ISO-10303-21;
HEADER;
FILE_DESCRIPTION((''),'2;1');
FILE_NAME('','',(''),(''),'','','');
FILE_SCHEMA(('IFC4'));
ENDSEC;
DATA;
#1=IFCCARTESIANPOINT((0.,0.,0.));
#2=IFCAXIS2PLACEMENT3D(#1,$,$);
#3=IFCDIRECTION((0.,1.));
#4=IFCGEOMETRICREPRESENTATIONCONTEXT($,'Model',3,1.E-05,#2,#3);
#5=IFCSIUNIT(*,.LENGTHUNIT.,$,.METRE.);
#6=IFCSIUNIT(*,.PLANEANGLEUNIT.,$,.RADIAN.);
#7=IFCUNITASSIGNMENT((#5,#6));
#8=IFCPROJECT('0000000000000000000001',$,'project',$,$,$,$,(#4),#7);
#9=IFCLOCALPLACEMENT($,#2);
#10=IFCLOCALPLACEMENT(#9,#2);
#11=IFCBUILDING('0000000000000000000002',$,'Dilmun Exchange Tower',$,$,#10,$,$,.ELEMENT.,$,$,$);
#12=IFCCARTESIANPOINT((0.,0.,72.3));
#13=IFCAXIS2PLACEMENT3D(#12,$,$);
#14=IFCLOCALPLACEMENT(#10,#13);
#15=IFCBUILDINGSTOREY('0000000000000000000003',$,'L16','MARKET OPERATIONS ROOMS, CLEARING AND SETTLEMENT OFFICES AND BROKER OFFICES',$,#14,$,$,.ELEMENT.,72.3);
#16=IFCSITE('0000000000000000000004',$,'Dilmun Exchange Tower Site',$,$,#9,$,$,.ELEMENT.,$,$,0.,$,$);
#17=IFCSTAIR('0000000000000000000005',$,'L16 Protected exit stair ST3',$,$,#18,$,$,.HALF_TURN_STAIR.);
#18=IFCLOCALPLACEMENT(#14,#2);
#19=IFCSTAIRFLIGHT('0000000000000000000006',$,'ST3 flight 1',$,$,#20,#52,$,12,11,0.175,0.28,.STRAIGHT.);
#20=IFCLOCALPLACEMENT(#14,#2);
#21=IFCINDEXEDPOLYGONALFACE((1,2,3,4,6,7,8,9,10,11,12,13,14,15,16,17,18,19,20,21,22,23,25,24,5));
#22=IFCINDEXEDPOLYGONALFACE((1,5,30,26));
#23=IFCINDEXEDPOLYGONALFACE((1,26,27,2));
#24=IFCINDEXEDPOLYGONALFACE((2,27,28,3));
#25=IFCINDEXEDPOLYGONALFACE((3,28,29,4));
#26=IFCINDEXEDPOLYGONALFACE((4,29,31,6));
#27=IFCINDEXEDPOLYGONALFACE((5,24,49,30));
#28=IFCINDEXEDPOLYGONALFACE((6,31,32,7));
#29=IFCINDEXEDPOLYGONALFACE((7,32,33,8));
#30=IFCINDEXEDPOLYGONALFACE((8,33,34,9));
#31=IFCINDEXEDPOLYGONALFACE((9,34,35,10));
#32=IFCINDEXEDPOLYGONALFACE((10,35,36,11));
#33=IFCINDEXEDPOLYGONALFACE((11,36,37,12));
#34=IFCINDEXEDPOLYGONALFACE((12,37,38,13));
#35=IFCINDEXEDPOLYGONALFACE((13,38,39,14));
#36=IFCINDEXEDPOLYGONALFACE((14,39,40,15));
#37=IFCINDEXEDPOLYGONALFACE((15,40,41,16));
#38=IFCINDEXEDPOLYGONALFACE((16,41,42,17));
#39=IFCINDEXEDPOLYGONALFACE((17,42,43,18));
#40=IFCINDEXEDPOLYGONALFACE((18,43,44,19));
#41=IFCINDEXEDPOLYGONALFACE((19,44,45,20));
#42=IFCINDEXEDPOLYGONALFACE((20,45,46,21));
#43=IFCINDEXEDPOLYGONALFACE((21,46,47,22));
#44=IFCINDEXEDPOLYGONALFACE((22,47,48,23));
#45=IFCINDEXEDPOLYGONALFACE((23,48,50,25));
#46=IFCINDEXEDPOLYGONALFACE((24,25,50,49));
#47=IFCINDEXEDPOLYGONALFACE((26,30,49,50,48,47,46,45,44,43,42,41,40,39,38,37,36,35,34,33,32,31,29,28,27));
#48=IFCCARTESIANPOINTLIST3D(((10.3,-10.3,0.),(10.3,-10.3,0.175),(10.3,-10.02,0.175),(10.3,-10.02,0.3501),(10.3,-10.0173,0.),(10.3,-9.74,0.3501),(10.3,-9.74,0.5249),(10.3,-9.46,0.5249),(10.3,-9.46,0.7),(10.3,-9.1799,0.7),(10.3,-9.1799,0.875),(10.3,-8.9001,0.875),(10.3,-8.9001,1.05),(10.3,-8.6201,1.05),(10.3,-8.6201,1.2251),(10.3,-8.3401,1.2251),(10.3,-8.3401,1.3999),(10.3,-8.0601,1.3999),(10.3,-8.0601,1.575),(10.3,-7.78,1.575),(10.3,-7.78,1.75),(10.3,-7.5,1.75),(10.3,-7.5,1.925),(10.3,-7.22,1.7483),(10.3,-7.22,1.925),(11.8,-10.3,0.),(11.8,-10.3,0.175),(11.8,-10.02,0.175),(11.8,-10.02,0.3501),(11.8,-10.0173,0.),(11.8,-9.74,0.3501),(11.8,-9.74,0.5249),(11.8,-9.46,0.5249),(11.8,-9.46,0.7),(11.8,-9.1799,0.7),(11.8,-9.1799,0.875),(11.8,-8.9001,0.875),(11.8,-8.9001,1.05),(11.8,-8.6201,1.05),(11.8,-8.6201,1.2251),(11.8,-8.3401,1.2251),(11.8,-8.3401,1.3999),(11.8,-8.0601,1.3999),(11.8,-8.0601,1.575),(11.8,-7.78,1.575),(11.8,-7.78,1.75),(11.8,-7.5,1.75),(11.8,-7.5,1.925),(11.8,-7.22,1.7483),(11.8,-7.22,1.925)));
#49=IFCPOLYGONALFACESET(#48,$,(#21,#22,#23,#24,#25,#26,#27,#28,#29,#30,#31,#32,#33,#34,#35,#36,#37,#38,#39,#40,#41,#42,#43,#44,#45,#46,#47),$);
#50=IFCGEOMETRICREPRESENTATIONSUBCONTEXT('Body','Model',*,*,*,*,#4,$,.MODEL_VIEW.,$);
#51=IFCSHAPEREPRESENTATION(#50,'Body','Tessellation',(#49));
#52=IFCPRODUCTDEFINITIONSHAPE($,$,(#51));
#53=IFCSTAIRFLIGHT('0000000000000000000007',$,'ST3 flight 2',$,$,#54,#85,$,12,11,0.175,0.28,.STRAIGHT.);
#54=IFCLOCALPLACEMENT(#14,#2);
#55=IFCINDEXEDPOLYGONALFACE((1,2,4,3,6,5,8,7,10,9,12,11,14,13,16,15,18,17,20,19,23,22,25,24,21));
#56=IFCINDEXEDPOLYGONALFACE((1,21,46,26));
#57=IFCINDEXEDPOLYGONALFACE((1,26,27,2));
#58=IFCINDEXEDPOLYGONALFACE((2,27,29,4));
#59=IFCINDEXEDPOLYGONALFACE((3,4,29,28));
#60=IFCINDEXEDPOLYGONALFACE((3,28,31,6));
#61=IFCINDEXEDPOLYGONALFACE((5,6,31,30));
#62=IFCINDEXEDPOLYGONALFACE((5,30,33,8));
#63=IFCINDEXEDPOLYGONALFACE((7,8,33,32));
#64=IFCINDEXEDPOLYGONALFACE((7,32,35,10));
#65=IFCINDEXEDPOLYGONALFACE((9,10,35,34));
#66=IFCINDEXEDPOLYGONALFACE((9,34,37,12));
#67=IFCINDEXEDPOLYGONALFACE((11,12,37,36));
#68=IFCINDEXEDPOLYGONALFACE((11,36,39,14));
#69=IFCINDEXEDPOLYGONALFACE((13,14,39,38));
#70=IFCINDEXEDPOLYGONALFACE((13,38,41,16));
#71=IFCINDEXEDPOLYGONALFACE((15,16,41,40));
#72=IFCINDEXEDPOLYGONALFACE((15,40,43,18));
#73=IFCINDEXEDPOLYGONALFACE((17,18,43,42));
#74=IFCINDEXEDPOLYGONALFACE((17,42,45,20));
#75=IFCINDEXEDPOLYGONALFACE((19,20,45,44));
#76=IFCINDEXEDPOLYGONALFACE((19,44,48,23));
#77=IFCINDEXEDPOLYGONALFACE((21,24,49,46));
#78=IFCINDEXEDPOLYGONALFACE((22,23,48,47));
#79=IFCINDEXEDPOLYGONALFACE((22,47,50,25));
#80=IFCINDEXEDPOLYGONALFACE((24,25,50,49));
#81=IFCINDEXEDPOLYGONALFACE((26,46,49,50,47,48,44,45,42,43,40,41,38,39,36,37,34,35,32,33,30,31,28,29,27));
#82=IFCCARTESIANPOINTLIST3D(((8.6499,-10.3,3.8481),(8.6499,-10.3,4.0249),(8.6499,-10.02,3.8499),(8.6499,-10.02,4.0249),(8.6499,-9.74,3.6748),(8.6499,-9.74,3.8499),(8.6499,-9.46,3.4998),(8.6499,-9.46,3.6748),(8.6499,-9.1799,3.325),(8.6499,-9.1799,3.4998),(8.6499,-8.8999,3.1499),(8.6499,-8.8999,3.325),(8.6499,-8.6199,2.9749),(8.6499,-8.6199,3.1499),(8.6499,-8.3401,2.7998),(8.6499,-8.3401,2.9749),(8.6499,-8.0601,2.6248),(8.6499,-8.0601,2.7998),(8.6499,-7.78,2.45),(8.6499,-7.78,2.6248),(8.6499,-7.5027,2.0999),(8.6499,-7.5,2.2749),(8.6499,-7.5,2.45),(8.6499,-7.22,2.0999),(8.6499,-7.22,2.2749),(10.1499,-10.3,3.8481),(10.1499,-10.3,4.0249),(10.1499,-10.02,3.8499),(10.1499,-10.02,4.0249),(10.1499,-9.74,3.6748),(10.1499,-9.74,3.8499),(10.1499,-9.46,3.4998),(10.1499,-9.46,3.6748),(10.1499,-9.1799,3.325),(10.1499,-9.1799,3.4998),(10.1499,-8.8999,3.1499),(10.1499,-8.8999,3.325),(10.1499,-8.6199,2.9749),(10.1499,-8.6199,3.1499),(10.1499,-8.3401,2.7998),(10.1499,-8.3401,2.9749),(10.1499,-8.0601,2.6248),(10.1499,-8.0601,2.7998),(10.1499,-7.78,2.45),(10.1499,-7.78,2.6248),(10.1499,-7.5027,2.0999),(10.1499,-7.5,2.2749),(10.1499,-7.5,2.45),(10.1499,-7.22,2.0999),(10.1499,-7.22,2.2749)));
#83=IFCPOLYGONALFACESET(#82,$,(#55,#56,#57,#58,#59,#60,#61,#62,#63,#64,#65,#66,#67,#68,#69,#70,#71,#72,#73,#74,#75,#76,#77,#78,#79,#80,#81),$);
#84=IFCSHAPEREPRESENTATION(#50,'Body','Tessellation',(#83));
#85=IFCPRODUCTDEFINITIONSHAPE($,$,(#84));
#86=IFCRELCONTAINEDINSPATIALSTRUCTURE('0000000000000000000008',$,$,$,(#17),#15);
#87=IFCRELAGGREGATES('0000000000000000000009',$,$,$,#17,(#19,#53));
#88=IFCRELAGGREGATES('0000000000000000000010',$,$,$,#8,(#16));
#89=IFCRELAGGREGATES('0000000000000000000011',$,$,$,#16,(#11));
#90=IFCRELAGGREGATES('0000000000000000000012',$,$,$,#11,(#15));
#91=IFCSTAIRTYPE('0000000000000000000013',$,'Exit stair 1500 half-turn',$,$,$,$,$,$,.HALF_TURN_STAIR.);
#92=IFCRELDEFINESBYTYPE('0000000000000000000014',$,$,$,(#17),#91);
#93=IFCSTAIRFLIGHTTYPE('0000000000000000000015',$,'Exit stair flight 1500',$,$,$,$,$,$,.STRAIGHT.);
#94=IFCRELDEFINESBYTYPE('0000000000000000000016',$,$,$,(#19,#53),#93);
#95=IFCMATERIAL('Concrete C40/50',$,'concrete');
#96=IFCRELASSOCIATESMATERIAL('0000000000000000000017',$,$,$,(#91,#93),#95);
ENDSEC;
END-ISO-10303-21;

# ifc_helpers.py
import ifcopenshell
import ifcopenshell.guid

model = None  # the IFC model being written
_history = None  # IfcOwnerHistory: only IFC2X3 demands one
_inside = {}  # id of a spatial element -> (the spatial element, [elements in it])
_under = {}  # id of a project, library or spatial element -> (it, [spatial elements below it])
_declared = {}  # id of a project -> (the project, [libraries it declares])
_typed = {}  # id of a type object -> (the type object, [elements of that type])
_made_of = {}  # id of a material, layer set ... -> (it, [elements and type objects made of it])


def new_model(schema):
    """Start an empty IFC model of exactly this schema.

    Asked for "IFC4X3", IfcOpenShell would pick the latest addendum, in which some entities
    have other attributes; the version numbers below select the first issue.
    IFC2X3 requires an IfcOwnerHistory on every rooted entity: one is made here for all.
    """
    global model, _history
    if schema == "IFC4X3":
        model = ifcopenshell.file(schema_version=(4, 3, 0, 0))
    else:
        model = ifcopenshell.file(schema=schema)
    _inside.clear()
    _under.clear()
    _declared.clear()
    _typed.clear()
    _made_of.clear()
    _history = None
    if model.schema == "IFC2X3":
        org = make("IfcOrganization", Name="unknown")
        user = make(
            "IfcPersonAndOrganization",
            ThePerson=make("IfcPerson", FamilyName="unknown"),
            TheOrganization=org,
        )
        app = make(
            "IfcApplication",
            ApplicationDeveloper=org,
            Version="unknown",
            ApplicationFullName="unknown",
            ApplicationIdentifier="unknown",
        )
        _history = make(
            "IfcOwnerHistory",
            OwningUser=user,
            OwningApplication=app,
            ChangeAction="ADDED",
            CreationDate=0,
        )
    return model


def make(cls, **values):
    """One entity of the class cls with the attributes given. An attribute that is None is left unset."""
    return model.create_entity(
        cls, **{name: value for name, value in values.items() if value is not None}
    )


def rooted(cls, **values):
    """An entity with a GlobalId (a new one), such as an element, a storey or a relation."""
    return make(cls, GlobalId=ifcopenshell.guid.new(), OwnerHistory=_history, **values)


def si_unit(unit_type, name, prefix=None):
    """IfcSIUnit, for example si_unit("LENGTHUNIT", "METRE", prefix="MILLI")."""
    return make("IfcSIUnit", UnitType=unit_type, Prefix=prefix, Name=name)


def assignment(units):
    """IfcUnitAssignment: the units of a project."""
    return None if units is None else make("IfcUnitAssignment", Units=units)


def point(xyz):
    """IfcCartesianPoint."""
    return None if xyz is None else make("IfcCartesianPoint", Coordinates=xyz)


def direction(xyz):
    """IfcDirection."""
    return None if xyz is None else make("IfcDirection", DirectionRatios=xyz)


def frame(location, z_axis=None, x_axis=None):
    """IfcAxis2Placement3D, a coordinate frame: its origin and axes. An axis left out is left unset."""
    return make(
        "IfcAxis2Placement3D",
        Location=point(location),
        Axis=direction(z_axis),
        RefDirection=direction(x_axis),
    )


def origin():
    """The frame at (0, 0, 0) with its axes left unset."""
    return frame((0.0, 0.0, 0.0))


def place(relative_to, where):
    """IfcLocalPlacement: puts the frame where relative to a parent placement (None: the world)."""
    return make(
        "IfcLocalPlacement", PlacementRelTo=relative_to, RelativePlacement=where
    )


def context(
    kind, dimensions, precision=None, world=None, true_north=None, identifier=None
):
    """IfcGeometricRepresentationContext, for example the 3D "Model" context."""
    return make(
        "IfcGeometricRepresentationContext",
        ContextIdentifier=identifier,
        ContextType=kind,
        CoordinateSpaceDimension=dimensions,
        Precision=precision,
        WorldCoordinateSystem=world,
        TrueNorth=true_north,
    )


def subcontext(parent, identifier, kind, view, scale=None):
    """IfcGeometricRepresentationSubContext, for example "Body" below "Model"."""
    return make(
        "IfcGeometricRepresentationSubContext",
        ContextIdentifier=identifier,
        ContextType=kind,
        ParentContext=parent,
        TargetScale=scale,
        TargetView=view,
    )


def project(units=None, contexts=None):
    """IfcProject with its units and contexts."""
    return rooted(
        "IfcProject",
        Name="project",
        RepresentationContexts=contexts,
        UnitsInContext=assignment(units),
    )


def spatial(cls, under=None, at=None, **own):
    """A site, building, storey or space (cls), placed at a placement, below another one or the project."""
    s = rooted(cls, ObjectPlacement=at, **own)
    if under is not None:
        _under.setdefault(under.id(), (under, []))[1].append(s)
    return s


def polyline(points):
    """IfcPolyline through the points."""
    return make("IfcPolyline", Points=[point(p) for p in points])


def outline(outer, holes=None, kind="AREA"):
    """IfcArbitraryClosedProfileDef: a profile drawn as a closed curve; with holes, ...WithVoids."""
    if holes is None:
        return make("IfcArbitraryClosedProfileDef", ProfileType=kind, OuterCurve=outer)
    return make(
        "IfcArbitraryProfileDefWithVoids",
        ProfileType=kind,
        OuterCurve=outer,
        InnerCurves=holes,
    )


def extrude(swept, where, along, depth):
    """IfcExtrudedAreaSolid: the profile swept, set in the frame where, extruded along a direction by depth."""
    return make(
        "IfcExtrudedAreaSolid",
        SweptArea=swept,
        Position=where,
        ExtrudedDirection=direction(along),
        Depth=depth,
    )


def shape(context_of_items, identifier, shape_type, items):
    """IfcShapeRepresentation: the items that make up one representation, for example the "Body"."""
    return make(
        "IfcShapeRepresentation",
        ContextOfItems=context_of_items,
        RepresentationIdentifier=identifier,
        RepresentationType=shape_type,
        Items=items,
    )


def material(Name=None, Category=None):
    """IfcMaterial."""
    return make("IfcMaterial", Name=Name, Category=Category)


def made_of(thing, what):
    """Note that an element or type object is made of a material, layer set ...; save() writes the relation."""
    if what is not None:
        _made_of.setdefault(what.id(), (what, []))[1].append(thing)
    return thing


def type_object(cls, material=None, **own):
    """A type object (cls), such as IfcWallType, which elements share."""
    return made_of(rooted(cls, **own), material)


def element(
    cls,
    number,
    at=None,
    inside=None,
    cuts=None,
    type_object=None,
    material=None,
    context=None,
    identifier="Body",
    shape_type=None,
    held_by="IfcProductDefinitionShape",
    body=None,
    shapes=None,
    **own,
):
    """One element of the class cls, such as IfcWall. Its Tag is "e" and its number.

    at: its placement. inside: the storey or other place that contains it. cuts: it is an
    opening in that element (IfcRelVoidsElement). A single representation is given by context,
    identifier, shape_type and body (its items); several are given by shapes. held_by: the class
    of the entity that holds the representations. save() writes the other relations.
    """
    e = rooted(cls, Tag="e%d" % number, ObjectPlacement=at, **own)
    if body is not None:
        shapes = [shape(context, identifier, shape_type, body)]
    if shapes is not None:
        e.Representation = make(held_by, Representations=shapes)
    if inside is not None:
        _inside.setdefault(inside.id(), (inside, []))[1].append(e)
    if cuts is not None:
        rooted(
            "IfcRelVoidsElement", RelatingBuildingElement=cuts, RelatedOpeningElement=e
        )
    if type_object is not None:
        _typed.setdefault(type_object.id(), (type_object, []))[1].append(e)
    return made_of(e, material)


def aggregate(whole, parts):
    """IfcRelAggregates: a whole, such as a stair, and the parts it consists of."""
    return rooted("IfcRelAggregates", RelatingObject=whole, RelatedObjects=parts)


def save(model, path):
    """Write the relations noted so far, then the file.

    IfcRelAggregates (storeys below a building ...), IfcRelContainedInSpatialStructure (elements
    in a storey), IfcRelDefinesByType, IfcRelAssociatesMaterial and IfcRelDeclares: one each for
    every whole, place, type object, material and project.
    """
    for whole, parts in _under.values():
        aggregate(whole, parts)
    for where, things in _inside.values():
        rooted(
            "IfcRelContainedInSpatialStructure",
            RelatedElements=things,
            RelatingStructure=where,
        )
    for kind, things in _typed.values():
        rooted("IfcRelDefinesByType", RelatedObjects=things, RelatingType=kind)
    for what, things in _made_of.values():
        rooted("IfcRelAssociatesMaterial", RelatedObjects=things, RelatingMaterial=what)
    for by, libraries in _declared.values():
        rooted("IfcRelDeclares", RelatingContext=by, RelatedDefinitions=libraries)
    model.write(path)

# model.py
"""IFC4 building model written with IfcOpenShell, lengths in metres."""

from ifc_helpers import new_model, si_unit, direction, frame, origin, place, context, subcontext, project, spatial, polyline, outline, extrude, material, type_object, element, aggregate, save


model = new_model("IFC4")

# Units and contexts
model_context = context("Model", 3, precision=1e-05, world=origin(), true_north=direction((0.0, 1.0)))
body_context = subcontext(model_context, "Body", "Model", "MODEL_VIEW")
ifc_project = project(units=[si_unit("LENGTHUNIT", "METRE"), si_unit("PLANEANGLEUNIT", "RADIAN")], contexts=[model_context])

# Site, building, storey
site_placement = place(None, origin())
site = spatial("IfcSite", under=ifc_project, at=site_placement, Name="Dilmun Exchange Tower Site", CompositionType="ELEMENT", RefElevation=0.0)
building_placement = place(site_placement, origin())
building = spatial("IfcBuilding", under=site, at=building_placement, Name="Dilmun Exchange Tower", CompositionType="ELEMENT")
storey_placement = place(building_placement, frame((0.0, 0.0, 72.3)))
storey = spatial("IfcBuildingStorey", under=building, at=storey_placement, Name="L16", Description="MARKET OPERATIONS ROOMS, CLEARING AND SETTLEMENT OFFICES AND BROKER OFFICES", CompositionType="ELEMENT", Elevation=72.3)

# Stair, stair flights
ifc_material_1 = material(Name="Concrete C40/50", Category="concrete")
stair_type = type_object("IfcStairType", Name="Exit stair 1500 half-turn", PredefinedType="HALF_TURN_STAIR", material=ifc_material_1)
stair_placement = place(storey_placement, origin())
stair = element("IfcStair", 1, at=stair_placement, inside=storey, type_object=stair_type, Name="L16 Protected exit stair ST3", PredefinedType="HALF_TURN_STAIR")
stair_flight_type = type_object("IfcStairFlightType", Name="Exit stair flight 1500", PredefinedType="STRAIGHT", material=ifc_material_1)
stair_flight_1_placement = place(storey_placement, frame((11.05, -10.3, 0.0), z_axis=(0.0, 0.0, 1.0), x_axis=(0.0, 1.0, 0.0)))
stair_flight_1 = element("IfcStairFlight", 2, at=stair_flight_1_placement, type_object=stair_flight_type, Name="ST3 flight 1", NumberOfRisers=12, NumberOfTreads=11, PredefinedType="STRAIGHT", RiserHeight=0.175, TreadLength=0.28, context=body_context, shape_type="SweptSolid", body=[
    extrude(outline(polyline([(0.0, 0.0), (0.0, 0.175), (0.28, 0.175), (0.28, 0.3501), (0.5601, 0.3501), (0.5601, 0.5249), (0.8401, 0.5249), (0.8401, 0.7), (1.1201, 0.7), (1.1201, 0.875), (1.3999, 0.875), (1.3999, 1.05), (1.6799, 1.05), (1.6799, 1.2251), (1.96, 1.2251), (1.96, 1.3999), (2.24, 1.3999), (2.24, 1.575), (2.52, 1.575), (2.52, 1.75), (2.8, 1.75), (2.8, 1.925), (3.0801, 1.925), (3.0801, 2.1001), (3.0801, 1.7483), (0.2827, 0.0), (0.0, 0.0)])), frame((0.0, 0.75, 0.0), z_axis=(0.0, -1.0, 0.0), x_axis=(1.0, 0.0, 0.0)), (0.0, 0.0, 1.0), 1.5),
])
stair_flight_2_placement = place(storey_placement, frame((9.3999, -7.22, 2.0999), z_axis=(0.0, 0.0, 1.0), x_axis=(0.0, -1.0, 0.0)))
stair_flight_2 = element("IfcStairFlight", 3, at=stair_flight_2_placement, type_object=stair_flight_type, Name="ST3 flight 2", NumberOfRisers=12, NumberOfTreads=11, PredefinedType="STRAIGHT", RiserHeight=0.175, TreadLength=0.28, context=body_context, shape_type="SweptSolid", body=[
    extrude(outline(polyline([(0.0, 0.0), (0.0, 0.175), (0.28, 0.175), (0.28, 0.3501), (0.5601, 0.3501), (0.5601, 0.5249), (0.8401, 0.5249), (0.8401, 0.7), (1.1201, 0.7), (1.1201, 0.875), (1.3999, 0.875), (1.3999, 1.05), (1.6799, 1.05), (1.6799, 1.2251), (1.96, 1.2251), (1.96, 1.3999), (2.24, 1.3999), (2.24, 1.575), (2.52, 1.575), (2.52, 1.75), (2.8, 1.75), (2.8, 1.925), (3.0801, 1.925), (3.0801, 2.1001), (3.0801, 1.7483), (0.2827, 0.0), (0.0, 0.0)])), frame((0.0, 0.75, 0.0), z_axis=(0.0, -1.0, 0.0), x_axis=(1.0, 0.0, 0.0)), (0.0, 0.0, 1.0), 1.5),
])
aggregate(stair, [stair_flight_1, stair_flight_2])

save(model, "model.ifc")
